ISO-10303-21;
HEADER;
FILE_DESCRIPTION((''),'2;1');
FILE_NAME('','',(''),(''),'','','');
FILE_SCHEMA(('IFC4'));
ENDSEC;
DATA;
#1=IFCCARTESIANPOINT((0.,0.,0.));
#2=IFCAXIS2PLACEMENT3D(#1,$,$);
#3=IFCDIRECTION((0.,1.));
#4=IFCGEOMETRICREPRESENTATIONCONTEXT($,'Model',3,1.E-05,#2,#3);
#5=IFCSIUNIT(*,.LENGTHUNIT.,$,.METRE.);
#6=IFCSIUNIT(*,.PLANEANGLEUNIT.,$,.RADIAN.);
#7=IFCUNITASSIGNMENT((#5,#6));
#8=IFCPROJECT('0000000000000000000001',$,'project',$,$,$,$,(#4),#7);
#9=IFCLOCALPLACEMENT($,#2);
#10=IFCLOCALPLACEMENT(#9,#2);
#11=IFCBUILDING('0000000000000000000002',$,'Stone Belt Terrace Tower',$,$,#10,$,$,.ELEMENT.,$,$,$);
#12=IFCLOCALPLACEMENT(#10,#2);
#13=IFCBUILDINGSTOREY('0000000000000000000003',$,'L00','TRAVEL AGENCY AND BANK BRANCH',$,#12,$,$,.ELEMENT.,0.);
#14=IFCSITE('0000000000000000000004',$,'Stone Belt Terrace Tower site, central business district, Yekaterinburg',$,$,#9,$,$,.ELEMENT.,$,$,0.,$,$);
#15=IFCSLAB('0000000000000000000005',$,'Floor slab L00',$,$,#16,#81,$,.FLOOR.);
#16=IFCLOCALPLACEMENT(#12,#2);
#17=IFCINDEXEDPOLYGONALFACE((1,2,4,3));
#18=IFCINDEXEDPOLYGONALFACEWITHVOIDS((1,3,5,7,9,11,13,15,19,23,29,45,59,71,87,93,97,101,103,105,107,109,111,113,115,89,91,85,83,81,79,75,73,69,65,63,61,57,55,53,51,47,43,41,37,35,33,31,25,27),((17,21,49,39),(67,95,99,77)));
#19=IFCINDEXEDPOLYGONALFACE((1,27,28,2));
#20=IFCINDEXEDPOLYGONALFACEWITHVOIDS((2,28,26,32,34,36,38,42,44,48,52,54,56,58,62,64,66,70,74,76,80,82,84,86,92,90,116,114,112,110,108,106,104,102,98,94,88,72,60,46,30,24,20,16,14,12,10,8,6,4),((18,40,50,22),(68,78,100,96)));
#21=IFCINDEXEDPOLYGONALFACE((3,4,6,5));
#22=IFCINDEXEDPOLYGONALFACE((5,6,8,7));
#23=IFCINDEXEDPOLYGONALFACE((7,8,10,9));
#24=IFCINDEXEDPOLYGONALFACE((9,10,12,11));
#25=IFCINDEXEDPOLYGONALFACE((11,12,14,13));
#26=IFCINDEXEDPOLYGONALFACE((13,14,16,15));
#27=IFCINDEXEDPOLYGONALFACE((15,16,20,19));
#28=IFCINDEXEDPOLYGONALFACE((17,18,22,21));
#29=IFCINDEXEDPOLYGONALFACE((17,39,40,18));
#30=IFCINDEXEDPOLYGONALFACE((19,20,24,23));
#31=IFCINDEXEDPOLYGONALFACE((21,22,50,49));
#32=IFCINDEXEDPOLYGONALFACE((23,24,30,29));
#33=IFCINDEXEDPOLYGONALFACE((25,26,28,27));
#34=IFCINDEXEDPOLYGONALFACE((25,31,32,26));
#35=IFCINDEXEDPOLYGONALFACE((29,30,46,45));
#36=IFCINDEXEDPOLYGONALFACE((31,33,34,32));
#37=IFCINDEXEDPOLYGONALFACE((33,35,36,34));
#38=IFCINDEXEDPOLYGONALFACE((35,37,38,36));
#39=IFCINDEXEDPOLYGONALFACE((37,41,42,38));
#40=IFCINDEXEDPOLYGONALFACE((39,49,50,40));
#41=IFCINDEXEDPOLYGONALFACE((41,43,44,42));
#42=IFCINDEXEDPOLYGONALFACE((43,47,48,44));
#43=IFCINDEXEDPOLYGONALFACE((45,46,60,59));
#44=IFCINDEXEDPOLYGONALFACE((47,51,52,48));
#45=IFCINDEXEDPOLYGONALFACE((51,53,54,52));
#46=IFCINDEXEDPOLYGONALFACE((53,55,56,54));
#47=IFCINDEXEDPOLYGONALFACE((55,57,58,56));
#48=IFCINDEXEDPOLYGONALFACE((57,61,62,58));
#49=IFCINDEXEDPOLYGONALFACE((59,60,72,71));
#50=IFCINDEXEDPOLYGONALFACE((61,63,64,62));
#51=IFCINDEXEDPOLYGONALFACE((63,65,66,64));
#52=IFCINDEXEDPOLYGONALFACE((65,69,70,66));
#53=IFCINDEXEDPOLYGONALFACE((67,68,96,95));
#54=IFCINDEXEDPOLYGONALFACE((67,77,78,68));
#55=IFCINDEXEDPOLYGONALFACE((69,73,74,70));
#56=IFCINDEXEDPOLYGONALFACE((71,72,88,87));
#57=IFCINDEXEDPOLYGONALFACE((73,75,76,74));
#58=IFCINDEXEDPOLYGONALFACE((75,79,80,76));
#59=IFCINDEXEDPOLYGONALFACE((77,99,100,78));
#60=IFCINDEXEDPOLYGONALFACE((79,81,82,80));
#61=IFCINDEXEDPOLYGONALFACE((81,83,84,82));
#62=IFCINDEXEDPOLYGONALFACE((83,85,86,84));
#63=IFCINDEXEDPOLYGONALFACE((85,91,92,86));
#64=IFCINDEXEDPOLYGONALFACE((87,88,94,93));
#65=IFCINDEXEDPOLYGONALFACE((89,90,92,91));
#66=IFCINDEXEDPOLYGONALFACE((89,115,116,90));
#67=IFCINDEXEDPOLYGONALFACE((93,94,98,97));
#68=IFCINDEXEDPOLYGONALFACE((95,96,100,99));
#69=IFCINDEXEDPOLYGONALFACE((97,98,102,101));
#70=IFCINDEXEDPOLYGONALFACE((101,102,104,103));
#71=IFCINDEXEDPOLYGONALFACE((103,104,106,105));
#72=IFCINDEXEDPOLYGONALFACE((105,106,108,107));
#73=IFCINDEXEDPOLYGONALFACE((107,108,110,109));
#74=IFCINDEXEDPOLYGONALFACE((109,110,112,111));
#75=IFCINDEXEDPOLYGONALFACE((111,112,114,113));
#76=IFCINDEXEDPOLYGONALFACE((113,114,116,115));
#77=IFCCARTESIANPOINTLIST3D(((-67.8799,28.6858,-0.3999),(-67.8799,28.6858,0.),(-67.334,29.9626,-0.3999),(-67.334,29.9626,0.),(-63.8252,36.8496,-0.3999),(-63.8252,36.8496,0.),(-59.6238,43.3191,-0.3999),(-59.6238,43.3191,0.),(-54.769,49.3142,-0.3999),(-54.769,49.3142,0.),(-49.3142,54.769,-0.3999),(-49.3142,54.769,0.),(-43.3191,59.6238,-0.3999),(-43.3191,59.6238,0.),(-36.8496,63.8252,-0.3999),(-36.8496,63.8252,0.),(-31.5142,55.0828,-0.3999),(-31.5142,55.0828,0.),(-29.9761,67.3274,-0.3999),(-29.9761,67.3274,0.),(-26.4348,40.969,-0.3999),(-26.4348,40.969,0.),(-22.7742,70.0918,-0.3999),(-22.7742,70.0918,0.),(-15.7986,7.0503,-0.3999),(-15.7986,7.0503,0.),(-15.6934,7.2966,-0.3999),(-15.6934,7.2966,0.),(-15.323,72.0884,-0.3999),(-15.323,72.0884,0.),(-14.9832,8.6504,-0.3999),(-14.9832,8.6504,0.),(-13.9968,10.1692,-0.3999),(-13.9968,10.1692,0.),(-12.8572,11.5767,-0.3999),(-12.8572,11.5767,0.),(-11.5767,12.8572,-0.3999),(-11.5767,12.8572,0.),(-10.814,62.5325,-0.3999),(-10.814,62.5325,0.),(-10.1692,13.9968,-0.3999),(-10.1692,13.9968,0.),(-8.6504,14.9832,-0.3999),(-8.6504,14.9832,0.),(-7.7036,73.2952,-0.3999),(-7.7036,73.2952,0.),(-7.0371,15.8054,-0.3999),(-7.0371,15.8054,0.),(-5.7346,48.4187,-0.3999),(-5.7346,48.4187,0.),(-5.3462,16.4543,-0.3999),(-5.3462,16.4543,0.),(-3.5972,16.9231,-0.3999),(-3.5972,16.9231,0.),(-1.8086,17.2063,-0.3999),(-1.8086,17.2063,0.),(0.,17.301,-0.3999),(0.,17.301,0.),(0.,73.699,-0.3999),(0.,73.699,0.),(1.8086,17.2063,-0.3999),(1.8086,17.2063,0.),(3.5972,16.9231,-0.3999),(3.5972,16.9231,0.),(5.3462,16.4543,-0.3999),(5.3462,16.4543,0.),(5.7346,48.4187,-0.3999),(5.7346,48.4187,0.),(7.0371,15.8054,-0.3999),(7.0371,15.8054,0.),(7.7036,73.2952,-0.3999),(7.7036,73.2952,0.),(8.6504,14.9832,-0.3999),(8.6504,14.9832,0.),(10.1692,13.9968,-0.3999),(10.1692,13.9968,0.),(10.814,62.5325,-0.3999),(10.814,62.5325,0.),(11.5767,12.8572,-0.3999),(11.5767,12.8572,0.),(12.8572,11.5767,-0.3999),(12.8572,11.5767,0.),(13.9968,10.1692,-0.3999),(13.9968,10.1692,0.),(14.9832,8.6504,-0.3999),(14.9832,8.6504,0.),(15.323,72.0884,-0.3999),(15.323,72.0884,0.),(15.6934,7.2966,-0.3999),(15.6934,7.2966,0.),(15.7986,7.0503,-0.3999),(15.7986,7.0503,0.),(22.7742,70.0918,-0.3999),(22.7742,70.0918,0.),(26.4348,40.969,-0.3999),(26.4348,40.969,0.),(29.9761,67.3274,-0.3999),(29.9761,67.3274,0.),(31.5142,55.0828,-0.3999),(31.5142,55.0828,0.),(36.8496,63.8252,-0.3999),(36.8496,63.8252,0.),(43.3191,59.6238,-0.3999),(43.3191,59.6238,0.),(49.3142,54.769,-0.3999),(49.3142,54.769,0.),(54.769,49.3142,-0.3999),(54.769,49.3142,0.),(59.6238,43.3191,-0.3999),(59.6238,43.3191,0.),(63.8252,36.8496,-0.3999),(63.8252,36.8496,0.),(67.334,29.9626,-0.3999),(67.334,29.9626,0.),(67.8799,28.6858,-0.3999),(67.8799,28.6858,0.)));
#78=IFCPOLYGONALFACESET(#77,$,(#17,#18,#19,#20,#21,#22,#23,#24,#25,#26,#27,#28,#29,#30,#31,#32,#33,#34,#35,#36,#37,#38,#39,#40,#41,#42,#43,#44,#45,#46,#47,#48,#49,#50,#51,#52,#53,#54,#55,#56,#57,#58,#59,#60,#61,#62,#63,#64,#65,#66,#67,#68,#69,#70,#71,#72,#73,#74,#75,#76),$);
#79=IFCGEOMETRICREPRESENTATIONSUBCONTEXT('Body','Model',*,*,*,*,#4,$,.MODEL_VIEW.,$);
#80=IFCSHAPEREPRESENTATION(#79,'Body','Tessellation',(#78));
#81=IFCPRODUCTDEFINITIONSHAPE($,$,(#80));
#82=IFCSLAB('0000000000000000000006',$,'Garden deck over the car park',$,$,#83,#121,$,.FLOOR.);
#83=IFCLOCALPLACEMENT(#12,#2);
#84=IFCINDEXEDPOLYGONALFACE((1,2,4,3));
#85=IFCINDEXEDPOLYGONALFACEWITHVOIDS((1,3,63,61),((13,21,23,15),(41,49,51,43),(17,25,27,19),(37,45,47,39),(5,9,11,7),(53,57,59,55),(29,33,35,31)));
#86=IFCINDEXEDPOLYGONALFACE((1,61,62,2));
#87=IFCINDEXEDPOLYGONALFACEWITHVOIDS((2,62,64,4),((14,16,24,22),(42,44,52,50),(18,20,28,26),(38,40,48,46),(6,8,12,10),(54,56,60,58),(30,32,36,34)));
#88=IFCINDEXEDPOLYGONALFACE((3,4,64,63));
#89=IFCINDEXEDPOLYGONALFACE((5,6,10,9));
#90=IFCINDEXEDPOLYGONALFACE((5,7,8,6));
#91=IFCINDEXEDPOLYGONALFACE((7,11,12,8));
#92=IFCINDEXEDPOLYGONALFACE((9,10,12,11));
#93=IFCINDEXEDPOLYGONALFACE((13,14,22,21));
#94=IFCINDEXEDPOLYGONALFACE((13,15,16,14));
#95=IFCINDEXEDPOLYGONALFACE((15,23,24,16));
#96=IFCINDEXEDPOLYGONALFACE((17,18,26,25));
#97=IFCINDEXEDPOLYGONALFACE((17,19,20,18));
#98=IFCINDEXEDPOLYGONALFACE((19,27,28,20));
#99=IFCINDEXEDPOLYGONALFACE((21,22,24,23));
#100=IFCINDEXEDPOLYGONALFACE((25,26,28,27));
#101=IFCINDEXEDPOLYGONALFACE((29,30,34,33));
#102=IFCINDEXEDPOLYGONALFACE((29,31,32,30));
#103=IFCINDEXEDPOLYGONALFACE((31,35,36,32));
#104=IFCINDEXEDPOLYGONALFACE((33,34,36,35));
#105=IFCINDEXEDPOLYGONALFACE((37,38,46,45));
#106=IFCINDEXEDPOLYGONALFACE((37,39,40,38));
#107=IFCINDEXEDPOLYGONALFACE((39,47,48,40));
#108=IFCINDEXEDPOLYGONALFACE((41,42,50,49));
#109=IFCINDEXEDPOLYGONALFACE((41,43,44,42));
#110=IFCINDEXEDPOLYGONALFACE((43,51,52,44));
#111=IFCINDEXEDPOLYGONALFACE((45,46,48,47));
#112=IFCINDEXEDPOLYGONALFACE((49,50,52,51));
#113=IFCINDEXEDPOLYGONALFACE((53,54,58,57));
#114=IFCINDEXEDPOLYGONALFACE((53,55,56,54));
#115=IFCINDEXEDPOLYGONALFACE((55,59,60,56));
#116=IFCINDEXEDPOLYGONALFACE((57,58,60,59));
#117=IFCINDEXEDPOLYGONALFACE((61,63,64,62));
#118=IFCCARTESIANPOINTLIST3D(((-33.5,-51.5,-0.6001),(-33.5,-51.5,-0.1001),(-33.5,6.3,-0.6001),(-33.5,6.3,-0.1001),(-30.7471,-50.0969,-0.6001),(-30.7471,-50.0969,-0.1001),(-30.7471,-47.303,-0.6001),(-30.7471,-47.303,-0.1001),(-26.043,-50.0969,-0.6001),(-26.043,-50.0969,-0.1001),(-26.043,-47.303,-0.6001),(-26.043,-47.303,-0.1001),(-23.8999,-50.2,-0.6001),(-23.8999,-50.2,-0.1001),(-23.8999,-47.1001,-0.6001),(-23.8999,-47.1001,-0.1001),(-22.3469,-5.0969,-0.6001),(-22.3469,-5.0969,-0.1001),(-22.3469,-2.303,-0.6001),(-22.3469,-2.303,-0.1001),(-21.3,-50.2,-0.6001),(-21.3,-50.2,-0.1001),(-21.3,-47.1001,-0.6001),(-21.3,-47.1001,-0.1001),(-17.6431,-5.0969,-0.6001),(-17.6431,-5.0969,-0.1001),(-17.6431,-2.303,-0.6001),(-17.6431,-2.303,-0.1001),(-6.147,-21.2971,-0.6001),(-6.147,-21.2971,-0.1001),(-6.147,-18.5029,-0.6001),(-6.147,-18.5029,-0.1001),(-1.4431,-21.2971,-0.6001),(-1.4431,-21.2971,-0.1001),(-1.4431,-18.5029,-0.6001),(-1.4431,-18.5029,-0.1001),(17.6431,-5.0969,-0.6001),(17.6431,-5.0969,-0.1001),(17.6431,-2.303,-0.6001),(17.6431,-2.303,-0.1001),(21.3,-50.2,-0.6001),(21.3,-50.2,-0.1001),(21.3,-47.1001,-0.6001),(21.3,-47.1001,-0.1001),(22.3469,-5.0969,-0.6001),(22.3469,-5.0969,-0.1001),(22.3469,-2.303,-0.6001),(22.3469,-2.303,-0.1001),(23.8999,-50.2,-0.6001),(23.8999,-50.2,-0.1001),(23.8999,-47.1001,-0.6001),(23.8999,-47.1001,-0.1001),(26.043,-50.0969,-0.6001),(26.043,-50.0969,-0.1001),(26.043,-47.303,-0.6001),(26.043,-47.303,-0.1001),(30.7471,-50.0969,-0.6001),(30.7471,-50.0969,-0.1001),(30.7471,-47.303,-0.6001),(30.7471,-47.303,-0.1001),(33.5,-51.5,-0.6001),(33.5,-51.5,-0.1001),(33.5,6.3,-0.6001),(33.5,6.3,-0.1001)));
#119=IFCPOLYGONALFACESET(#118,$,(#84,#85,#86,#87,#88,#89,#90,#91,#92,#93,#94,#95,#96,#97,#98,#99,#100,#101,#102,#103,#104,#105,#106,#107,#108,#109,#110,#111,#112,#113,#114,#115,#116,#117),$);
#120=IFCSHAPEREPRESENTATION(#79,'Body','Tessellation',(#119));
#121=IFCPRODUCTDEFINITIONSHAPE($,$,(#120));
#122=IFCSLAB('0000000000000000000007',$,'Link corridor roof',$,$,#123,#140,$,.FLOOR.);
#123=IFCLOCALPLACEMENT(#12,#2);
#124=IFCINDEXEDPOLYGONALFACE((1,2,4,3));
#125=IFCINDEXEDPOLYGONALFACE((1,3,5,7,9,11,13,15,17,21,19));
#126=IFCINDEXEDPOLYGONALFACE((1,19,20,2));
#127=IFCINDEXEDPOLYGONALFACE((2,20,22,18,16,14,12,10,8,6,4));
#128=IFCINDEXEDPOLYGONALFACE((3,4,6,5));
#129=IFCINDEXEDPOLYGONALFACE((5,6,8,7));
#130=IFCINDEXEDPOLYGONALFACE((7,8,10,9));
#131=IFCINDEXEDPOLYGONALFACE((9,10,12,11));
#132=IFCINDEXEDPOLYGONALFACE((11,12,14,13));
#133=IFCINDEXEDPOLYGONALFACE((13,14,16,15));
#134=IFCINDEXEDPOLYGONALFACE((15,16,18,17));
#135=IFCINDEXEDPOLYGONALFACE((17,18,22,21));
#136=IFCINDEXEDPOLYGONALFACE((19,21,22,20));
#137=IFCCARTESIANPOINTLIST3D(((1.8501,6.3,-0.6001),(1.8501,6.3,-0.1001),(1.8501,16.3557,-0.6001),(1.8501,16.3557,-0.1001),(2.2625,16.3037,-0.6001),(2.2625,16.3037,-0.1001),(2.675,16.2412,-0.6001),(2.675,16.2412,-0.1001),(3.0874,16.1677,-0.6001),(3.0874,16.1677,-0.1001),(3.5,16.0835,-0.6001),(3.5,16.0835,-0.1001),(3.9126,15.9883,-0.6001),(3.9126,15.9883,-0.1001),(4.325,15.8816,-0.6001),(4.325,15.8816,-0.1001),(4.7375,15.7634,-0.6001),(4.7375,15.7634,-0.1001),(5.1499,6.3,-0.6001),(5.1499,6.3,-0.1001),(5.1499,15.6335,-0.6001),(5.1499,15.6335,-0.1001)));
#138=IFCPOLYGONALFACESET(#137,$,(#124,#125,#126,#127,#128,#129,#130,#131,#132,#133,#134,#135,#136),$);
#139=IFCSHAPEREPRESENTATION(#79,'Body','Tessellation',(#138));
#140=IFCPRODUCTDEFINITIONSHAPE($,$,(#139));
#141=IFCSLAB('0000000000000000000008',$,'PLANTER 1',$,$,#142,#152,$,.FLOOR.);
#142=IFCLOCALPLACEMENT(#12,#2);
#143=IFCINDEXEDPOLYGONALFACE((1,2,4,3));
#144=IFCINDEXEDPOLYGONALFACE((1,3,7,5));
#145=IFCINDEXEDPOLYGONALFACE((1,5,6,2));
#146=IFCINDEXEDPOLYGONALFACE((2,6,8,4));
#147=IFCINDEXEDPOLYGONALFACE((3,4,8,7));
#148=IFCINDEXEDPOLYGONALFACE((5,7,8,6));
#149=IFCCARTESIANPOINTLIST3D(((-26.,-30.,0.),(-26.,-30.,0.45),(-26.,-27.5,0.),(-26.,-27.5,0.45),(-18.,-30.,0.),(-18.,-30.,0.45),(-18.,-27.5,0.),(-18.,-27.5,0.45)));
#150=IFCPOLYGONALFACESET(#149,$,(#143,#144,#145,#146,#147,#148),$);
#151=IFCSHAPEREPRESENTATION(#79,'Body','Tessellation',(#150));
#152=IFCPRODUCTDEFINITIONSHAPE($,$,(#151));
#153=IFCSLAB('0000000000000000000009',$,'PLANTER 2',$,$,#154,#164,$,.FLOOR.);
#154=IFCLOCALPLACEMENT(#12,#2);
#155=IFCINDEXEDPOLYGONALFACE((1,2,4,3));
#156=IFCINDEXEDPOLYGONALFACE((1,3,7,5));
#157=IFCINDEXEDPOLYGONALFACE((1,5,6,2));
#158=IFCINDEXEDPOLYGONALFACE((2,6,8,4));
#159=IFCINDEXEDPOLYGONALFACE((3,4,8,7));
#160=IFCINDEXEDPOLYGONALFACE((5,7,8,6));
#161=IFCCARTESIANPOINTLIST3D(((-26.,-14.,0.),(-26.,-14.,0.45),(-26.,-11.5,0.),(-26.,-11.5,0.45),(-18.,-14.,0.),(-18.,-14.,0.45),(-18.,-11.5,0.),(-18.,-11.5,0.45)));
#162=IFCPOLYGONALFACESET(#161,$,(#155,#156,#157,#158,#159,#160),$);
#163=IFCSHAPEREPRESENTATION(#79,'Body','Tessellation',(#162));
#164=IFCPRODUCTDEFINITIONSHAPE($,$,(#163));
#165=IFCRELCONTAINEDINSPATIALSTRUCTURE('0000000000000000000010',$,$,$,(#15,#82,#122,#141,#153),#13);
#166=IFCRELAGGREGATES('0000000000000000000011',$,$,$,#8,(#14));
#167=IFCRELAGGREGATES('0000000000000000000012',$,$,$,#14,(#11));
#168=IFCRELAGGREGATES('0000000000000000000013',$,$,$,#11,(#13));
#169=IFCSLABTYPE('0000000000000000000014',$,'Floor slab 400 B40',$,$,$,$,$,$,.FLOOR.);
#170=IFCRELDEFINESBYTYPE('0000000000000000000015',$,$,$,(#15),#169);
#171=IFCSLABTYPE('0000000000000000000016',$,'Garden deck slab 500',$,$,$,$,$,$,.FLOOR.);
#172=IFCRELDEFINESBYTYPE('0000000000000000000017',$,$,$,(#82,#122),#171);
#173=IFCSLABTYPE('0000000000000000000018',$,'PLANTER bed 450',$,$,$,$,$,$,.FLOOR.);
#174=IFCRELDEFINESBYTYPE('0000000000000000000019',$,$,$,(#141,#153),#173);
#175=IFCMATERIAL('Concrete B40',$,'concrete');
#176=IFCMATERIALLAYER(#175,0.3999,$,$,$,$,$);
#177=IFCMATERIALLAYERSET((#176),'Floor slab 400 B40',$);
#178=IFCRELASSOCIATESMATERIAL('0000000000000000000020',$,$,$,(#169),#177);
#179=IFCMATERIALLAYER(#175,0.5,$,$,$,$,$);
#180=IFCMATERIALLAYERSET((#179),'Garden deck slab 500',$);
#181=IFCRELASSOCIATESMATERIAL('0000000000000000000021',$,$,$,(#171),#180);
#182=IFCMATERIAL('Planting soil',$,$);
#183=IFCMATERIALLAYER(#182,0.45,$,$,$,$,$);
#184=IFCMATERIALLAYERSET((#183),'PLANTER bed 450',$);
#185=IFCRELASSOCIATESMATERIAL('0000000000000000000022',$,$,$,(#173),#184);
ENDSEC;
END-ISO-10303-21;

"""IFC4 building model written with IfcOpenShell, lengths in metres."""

from ifc_helpers import new_model, si_unit, direction, frame, origin, place, context, subcontext, project, spatial, polyline, outline, extrude, material, layer, layer_set, type_object, element, save


model = new_model("IFC4")

# Units and contexts
model_context = context("Model", 3, precision=1e-05, world=origin(), true_north=direction((0.0, 1.0)))
body_context = subcontext(model_context, "Body", "Model", "MODEL_VIEW")
ifc_project = project(units=[si_unit("LENGTHUNIT", "METRE"), si_unit("PLANEANGLEUNIT", "RADIAN")], contexts=[model_context])

# Site, building, storey
site_placement = place(None, origin())
site = spatial("IfcSite", under=ifc_project, at=site_placement, Name="Stone Belt Terrace Tower site, central business district, Yekaterinburg", CompositionType="ELEMENT", RefElevation=0.0)
building_placement = place(site_placement, origin())
building = spatial("IfcBuilding", under=site, at=building_placement, Name="Stone Belt Terrace Tower", CompositionType="ELEMENT")
storey_placement = place(building_placement, origin())
storey = spatial("IfcBuildingStorey", under=building, at=storey_placement, Name="L00", Description="TRAVEL AGENCY AND BANK BRANCH", CompositionType="ELEMENT", Elevation=0.0)

# Slabs
ifc_material_1 = material(Name="Concrete B40", Category="concrete")
ifc_layer_1 = layer(ifc_material_1, 0.3999)
ifc_layer_set_1 = layer_set([ifc_layer_1], Name="Floor slab 400 B40")
slab_type_1 = type_object("IfcSlabType", Name="Floor slab 400 B40", PredefinedType="FLOOR", material=ifc_layer_set_1)
slab_1_placement = place(storey_placement, frame((0.0, 0.0, -0.3999)))
element("IfcSlab", 1, at=slab_1_placement, inside=storey, type_object=slab_type_1, Name="Floor slab L00", PredefinedType="FLOOR", context=body_context, shape_type="SweptSolid", body=[
    extrude(outline(polyline([(-67.334, 29.9626), (-63.8252, 36.8496), (-59.6238, 43.3191), (-54.769, 49.3142), (-49.3142, 54.769), (-43.3191, 59.6238), (-36.8496, 63.8252), (-29.9761, 67.3274), (-22.7742, 70.0918), (-15.323, 72.0884), (-7.7036, 73.2952), (0.0, 73.699), (7.7036, 73.2952), (15.323, 72.0884), (22.7742, 70.0918), (29.9761, 67.3274), (36.8496, 63.8252), (43.3191, 59.6238), (49.3142, 54.769), (54.769, 49.3142), (59.6238, 43.3191), (63.8252, 36.8496), (67.334, 29.9626), (67.8799, 28.6858), (15.6934, 7.2966), (15.7986, 7.0503), (14.9832, 8.6504), (13.9968, 10.1692), (12.8572, 11.5767), (11.5767, 12.8572), (10.1692, 13.9968), (8.6504, 14.9832), (7.0371, 15.8054), (5.3462, 16.4543), (3.5972, 16.9231), (1.8086, 17.2063), (0.0, 17.301), (-1.8086, 17.2063), (-3.5972, 16.9231), (-5.3462, 16.4543), (-7.0371, 15.8054), (-8.6504, 14.9832), (-10.1692, 13.9968), (-11.5767, 12.8572), (-12.8572, 11.5767), (-13.9968, 10.1692), (-14.9832, 8.6504), (-15.7986, 7.0503), (-15.6934, 7.2966), (-67.8799, 28.6858), (-67.334, 29.9626)]), holes=[polyline([(-10.814, 62.5325), (-31.5142, 55.0828), (-26.4348, 40.969), (-5.7346, 48.4187), (-10.814, 62.5325)]), polyline([(26.4348, 40.969), (31.5142, 55.0828), (10.814, 62.5325), (5.7346, 48.4187), (26.4348, 40.969)])]), origin(), (0.0, 0.0, 1.0), 0.3999),
])
ifc_layer_2 = layer(ifc_material_1, 0.5)
ifc_layer_set_2 = layer_set([ifc_layer_2], Name="Garden deck slab 500")
slab_type_2 = type_object("IfcSlabType", Name="Garden deck slab 500", PredefinedType="FLOOR", material=ifc_layer_set_2)
slab_2_placement = place(storey_placement, frame((0.0, 0.0, -0.6001)))
element("IfcSlab", 2, at=slab_2_placement, inside=storey, type_object=slab_type_2, Name="Garden deck over the car park", PredefinedType="FLOOR", context=body_context, shape_type="SweptSolid", body=[
    extrude(outline(polyline([(-33.5, -51.5), (33.5, -51.5), (33.5, 6.3), (-33.5, 6.3), (-33.5, -51.5)]), holes=[polyline([(-30.7471, -47.303), (-30.7471, -50.0969), (-26.043, -50.0969), (-26.043, -47.303), (-30.7471, -47.303)]), polyline([(-23.8999, -47.1001), (-23.8999, -50.2), (-21.3, -50.2), (-21.3, -47.1001), (-23.8999, -47.1001)]), polyline([(26.043, -47.303), (26.043, -50.0969), (30.7471, -50.0969), (30.7471, -47.303), (26.043, -47.303)]), polyline([(23.8999, -50.2), (23.8999, -47.1001), (21.3, -47.1001), (21.3, -50.2), (23.8999, -50.2)]), polyline([(-22.3469, -2.303), (-22.3469, -5.0969), (-17.6431, -5.0969), (-17.6431, -2.303), (-22.3469, -2.303)]), polyline([(17.6431, -5.0969), (22.3469, -5.0969), (22.3469, -2.303), (17.6431, -2.303), (17.6431, -5.0969)]), polyline([(-1.4431, -21.2971), (-1.4431, -18.5029), (-6.147, -18.5029), (-6.147, -21.2971), (-1.4431, -21.2971)])]), origin(), (0.0, 0.0, 1.0), 0.5),
])
slab_3_placement = place(storey_placement, frame((0.0, 0.0, -0.6001)))
element("IfcSlab", 3, at=slab_3_placement, inside=storey, type_object=slab_type_2, Name="Link corridor roof", PredefinedType="FLOOR", context=body_context, shape_type="SweptSolid", body=[
    extrude(outline(polyline([(1.8501, 6.3), (5.1499, 6.3), (5.1499, 15.6335), (4.7375, 15.7634), (4.325, 15.8816), (3.9126, 15.9883), (3.5, 16.0835), (3.0874, 16.1677), (2.675, 16.2412), (2.2625, 16.3037), (1.8501, 16.3557), (1.8501, 6.3)])), origin(), (0.0, 0.0, 1.0), 0.5),
])
ifc_material_2 = material(Name="Planting soil")
ifc_layer_3 = layer(ifc_material_2, 0.45)
ifc_layer_set_3 = layer_set([ifc_layer_3], Name="PLANTER bed 450")
slab_type_3 = type_object("IfcSlabType", Name="PLANTER bed 450", PredefinedType="FLOOR", material=ifc_layer_set_3)
slab_4_placement = place(storey_placement, origin())
element("IfcSlab", 4, at=slab_4_placement, inside=storey, type_object=slab_type_3, Name="PLANTER 1", PredefinedType="FLOOR", context=body_context, shape_type="SweptSolid", body=[
    extrude(outline(polyline([(-26.0, -30.0), (-18.0, -30.0), (-18.0, -27.5), (-26.0, -27.5), (-26.0, -30.0)])), origin(), (0.0, 0.0, 1.0), 0.45),
])
slab_5_placement = place(storey_placement, origin())
element("IfcSlab", 5, at=slab_5_placement, inside=storey, type_object=slab_type_3, Name="PLANTER 2", PredefinedType="FLOOR", context=body_context, shape_type="SweptSolid", body=[
    extrude(outline(polyline([(-26.0, -14.0), (-18.0, -14.0), (-18.0, -11.5), (-26.0, -11.5), (-26.0, -14.0)])), origin(), (0.0, 0.0, 1.0), 0.45),
])

save(model, "model.ifc")
